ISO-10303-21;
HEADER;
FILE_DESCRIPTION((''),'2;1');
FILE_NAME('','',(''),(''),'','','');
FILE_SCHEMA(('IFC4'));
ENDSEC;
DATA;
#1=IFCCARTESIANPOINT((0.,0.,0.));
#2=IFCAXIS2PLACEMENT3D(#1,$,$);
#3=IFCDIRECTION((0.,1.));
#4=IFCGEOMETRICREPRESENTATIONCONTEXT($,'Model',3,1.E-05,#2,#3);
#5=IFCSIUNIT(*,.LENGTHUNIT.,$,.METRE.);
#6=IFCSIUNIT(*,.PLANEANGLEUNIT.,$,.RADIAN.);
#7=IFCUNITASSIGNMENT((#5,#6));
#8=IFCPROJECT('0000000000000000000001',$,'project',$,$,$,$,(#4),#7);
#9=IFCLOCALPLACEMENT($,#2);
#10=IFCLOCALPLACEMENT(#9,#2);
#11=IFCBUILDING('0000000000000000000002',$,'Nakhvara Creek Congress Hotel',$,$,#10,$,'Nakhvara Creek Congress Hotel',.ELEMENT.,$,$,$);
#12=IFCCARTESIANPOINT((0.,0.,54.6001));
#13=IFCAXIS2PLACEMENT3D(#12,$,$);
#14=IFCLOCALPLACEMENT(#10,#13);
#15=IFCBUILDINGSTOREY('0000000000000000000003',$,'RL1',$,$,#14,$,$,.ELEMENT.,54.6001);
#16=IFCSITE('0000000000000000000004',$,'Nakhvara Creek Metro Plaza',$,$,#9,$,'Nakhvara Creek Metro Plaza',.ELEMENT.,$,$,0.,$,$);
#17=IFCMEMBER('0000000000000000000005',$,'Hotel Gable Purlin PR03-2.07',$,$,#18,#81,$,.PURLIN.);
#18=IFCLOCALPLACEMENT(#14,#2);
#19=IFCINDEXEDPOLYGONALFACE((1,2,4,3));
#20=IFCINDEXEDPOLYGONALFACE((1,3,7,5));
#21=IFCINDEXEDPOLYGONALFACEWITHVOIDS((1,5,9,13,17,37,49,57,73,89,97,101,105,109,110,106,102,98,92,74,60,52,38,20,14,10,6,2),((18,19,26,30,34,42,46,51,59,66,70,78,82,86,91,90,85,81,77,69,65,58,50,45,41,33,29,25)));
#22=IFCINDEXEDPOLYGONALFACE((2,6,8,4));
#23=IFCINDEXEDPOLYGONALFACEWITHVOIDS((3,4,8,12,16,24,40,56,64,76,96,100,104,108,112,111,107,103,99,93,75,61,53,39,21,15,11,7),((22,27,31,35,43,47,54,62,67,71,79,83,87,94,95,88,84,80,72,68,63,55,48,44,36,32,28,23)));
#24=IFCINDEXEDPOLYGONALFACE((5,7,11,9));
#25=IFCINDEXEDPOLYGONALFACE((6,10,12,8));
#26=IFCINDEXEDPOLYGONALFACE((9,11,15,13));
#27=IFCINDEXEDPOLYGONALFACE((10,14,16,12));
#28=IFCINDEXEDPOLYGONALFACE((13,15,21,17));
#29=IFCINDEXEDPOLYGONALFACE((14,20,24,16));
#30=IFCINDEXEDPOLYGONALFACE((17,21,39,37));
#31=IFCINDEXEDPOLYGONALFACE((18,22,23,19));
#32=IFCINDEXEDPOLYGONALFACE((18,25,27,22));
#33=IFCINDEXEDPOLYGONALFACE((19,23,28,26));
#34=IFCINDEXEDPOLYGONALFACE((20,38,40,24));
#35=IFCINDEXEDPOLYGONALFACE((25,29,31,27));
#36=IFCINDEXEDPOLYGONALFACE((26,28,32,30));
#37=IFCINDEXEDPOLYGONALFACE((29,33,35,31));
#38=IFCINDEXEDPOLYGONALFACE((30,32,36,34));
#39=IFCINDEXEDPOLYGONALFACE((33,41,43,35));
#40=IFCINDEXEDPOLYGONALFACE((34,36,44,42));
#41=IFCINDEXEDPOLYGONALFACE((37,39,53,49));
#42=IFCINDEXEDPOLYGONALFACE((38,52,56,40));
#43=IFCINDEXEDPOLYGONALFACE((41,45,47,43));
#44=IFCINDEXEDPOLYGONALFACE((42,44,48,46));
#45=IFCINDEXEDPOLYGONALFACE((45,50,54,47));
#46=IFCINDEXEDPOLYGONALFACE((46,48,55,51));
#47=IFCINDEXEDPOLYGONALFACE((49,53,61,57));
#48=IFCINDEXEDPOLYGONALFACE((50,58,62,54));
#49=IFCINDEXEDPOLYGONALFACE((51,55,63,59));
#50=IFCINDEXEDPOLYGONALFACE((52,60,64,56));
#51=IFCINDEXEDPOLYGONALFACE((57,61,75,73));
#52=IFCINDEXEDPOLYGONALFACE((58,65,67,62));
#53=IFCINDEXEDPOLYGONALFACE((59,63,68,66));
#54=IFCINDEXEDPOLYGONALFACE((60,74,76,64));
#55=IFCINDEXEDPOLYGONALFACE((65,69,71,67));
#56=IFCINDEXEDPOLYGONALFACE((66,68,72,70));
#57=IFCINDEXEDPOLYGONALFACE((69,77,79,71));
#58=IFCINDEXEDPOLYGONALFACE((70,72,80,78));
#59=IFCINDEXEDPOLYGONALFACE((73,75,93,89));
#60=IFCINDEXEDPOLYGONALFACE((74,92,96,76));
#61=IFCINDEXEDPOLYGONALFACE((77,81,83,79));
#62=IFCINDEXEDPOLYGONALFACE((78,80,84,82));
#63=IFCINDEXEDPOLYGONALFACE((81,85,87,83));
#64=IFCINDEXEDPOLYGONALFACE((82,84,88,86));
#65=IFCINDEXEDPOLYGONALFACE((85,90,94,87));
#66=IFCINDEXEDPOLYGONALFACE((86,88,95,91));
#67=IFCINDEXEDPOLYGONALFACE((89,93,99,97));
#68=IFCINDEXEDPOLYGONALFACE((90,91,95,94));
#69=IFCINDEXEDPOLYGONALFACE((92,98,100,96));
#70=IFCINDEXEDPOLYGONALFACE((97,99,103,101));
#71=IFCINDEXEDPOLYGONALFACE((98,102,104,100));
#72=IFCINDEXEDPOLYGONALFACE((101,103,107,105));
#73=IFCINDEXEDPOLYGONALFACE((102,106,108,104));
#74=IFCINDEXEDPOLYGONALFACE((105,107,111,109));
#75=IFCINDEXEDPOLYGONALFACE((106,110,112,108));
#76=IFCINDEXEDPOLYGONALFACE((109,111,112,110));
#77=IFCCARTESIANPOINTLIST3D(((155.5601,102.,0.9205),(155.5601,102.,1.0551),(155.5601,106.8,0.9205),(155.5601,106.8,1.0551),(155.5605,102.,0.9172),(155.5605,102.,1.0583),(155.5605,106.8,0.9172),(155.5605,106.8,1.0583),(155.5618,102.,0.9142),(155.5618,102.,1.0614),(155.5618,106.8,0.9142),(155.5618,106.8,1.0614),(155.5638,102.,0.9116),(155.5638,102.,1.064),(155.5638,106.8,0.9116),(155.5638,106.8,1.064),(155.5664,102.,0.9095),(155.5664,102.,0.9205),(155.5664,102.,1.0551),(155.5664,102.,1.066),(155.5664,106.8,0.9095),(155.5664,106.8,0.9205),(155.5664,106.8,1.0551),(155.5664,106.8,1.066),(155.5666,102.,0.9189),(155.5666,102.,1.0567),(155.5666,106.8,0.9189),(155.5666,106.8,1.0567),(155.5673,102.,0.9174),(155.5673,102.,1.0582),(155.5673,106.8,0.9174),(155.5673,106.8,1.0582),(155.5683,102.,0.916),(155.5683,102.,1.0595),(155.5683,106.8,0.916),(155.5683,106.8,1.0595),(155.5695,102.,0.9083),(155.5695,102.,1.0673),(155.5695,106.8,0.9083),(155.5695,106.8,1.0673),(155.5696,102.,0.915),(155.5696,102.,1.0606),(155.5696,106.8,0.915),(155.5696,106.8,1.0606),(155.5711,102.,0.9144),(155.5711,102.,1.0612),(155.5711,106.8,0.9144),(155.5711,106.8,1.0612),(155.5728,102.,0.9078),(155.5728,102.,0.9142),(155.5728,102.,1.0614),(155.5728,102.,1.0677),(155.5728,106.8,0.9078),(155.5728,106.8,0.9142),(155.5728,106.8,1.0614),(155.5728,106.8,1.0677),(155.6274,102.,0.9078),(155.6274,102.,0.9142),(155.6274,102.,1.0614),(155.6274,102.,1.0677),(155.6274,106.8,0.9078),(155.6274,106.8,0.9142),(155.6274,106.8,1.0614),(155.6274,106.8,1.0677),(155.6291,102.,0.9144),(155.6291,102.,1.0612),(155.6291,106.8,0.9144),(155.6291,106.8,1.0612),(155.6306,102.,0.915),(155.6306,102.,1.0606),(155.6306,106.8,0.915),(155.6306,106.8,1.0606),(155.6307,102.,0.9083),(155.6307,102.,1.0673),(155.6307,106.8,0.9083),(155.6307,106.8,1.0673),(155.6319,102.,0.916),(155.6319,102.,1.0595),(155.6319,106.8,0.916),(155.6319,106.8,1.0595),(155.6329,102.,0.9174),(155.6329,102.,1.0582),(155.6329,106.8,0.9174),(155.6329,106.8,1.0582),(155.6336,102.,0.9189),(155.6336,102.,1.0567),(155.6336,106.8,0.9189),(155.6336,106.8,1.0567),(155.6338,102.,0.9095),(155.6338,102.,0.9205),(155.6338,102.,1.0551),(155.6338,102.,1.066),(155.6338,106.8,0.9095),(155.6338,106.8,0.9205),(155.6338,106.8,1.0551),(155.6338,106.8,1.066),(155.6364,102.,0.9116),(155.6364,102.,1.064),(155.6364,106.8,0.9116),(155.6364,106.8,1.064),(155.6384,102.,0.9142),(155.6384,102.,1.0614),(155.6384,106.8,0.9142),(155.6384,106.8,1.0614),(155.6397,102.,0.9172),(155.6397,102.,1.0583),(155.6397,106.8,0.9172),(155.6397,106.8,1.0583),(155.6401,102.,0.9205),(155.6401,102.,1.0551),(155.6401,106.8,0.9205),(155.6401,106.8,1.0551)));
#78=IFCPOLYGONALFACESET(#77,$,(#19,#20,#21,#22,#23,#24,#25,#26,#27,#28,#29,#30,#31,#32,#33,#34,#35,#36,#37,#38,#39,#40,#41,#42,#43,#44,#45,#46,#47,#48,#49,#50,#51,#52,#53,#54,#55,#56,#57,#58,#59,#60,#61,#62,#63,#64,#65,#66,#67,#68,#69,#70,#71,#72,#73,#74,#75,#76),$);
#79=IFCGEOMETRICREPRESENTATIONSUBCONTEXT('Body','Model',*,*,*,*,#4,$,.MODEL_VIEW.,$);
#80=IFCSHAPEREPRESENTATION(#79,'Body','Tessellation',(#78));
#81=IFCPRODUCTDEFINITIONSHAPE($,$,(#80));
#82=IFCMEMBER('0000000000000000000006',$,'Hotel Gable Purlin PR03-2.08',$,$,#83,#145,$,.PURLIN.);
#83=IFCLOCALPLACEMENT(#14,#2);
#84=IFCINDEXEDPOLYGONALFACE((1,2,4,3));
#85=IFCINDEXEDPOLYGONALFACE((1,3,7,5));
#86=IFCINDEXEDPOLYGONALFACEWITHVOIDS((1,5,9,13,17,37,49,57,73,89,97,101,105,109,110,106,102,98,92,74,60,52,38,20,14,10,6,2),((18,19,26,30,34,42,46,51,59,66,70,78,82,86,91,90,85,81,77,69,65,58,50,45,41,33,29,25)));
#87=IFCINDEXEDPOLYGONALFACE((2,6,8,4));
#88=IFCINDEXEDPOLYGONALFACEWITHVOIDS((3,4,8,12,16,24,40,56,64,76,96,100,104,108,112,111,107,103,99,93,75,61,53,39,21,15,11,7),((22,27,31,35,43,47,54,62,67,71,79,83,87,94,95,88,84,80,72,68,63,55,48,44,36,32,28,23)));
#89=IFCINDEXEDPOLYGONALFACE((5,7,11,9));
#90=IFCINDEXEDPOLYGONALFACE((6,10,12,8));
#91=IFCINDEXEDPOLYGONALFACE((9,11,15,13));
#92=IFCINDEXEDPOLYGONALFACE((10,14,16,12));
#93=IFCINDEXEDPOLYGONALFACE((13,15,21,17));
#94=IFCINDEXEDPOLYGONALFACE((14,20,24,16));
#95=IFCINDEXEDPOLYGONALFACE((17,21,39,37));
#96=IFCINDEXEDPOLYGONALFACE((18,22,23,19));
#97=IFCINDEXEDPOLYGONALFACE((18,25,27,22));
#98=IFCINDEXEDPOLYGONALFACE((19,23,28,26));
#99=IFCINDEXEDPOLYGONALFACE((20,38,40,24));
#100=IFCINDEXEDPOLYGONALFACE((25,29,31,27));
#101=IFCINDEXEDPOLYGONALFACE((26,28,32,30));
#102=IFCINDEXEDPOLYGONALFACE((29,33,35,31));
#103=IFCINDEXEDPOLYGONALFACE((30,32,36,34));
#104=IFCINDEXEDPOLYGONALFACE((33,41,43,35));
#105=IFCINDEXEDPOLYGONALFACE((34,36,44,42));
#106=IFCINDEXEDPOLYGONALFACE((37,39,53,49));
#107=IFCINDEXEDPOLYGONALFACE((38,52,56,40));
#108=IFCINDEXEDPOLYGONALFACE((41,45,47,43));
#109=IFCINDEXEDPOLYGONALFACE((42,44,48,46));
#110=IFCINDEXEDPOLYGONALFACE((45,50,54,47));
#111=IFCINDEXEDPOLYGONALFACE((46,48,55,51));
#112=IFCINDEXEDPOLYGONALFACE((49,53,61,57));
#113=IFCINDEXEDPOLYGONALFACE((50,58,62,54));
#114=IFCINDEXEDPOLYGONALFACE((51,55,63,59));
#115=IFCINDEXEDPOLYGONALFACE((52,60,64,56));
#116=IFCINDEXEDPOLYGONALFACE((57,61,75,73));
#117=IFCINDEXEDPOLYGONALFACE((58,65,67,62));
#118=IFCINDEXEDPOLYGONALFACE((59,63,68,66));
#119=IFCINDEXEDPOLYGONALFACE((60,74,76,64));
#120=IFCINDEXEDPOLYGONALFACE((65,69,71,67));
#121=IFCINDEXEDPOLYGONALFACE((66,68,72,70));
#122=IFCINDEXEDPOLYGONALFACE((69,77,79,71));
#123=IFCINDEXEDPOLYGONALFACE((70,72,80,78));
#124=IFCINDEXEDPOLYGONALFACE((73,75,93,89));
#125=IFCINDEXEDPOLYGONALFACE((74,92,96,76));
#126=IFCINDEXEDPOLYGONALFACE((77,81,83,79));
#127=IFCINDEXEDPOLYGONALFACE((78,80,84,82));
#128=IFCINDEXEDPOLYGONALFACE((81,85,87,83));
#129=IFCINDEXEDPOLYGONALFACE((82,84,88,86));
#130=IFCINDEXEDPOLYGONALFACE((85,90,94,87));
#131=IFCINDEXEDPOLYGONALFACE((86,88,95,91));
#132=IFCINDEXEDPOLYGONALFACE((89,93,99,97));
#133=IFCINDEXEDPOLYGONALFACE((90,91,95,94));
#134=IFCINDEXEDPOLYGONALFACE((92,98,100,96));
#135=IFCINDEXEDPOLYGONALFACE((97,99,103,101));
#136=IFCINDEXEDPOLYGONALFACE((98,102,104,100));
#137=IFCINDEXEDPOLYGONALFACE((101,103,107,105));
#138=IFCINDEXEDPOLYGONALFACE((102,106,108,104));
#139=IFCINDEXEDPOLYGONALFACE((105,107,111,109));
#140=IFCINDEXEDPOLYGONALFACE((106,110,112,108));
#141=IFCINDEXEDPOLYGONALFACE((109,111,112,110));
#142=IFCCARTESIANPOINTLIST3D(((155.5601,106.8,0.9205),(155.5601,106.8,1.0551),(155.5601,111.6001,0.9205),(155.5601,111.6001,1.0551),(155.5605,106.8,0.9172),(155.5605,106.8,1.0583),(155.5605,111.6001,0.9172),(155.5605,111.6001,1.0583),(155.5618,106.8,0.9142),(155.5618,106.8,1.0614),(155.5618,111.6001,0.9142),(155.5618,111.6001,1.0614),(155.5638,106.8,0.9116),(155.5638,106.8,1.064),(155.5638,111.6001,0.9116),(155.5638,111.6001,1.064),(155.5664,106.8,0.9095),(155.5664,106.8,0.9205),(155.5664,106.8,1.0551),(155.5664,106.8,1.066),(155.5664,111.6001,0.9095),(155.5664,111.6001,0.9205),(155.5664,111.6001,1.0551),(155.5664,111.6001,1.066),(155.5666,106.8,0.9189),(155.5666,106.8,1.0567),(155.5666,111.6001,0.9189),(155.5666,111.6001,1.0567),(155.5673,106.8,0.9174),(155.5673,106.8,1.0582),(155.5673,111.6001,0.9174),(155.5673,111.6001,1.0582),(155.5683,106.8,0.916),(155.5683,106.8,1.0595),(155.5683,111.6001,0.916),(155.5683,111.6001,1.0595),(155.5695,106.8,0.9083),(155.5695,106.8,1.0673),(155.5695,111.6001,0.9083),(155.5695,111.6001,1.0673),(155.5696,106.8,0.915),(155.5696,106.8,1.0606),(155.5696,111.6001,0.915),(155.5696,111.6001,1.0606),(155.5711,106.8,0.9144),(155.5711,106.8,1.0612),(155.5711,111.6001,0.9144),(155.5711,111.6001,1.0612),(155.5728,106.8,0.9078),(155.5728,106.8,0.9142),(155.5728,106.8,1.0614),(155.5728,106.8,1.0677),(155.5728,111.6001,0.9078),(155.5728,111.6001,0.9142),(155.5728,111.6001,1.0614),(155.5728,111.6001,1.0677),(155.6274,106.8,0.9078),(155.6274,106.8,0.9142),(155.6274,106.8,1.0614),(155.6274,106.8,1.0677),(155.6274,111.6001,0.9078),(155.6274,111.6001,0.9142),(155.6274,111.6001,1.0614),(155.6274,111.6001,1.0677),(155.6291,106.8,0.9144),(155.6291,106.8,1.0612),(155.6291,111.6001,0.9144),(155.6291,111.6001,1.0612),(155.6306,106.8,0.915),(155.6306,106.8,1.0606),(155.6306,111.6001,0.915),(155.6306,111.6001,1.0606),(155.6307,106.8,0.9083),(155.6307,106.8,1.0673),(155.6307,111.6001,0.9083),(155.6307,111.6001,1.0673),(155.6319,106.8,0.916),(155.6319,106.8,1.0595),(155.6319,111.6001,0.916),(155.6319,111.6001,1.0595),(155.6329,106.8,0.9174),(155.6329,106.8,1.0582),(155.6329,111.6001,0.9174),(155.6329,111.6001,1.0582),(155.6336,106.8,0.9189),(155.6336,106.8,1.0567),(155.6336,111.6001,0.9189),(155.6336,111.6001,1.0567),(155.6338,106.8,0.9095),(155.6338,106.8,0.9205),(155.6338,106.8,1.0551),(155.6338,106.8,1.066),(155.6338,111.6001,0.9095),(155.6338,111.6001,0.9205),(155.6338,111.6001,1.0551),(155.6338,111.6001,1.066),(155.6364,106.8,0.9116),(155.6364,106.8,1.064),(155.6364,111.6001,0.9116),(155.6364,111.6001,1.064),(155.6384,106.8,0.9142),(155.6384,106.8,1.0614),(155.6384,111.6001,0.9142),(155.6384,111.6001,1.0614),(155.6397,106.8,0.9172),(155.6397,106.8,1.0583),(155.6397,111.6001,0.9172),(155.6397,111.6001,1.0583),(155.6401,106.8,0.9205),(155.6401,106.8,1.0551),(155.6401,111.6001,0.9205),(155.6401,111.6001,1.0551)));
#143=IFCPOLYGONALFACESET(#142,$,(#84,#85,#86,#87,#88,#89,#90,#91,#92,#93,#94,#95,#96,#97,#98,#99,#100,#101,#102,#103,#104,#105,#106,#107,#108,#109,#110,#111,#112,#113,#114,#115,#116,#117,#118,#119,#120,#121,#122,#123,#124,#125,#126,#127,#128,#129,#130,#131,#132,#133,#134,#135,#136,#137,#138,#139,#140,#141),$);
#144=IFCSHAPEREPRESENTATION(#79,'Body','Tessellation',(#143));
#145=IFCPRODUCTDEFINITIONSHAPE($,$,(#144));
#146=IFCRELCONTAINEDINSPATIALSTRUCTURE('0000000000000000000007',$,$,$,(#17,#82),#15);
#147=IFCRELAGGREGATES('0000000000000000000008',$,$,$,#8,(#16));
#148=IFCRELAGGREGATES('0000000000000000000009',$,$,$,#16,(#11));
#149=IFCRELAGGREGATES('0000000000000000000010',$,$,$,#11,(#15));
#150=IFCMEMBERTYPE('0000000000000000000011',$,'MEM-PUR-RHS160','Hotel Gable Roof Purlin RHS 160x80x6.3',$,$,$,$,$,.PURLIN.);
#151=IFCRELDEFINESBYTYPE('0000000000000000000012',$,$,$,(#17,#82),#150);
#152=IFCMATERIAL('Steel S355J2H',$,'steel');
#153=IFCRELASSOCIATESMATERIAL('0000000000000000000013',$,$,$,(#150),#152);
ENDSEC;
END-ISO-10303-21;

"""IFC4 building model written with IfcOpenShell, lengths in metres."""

from ifc_helpers import new_model, si_unit, direction, frame, origin, origin_2d, place, context, subcontext, project, spatial, hollow_rectangle, extrude, material, material_profile, profile_set, type_object, element, save


model = new_model("IFC4")

# Units and contexts
model_context = context("Model", 3, precision=1e-05, world=origin(), true_north=direction((0.0, 1.0)))
body_context = subcontext(model_context, "Body", "Model", "MODEL_VIEW")
ifc_project = project(units=[si_unit("LENGTHUNIT", "METRE"), si_unit("PLANEANGLEUNIT", "RADIAN")], contexts=[model_context])

# Site, building, storey
site_placement = place(None, origin())
site = spatial("IfcSite", under=ifc_project, at=site_placement, Name="Nakhvara Creek Metro Plaza", LongName="Nakhvara Creek Metro Plaza", CompositionType="ELEMENT", RefElevation=0.0)
building_placement = place(site_placement, origin())
building = spatial("IfcBuilding", under=site, at=building_placement, Name="Nakhvara Creek Congress Hotel", LongName="Nakhvara Creek Congress Hotel", CompositionType="ELEMENT")
storey_placement = place(building_placement, frame((0.0, 0.0, 54.6001)))
storey = spatial("IfcBuildingStorey", under=building, at=storey_placement, Name="RL1", CompositionType="ELEMENT", Elevation=54.6001)

# Members
ifc_material_1 = material(Name="Steel S355J2H", Category="steel")
ifc_material_profile_1 = material_profile(ifc_material_1, hollow_rectangle(XDim=0.0801, YDim=0.1599, WallThickness=0.0063, InnerFilletRadius=0.0063, OuterFilletRadius=0.0127, at=origin_2d()), Name="RHS 160x80x6.3", Category="LoadBearing")
ifc_profile_set_1 = profile_set([ifc_material_profile_1], Name="Steel S355J2H")
member_type_1 = type_object("IfcMemberType", Name="MEM-PUR-RHS160", Description="Hotel Gable Roof Purlin RHS 160x80x6.3", PredefinedType="PURLIN", material=ifc_profile_set_1)
for number, where, z_axis, x_axis, name in (
    (1, (155.6001, 102.0, 0.9878), (0.0, 1.0, 0.0), (-1.0, 0.0, 0.0), "Hotel Gable Purlin PR03-2.07"),
    (2, (155.6001, 106.8, 0.9878), (0.0, 1.0, 0.0), (-1.0, 0.0, 0.0), "Hotel Gable Purlin PR03-2.08"),
):
    element("IfcMember", number, at=place(storey_placement, frame(where, z_axis=z_axis, x_axis=x_axis)), inside=storey, type_object=member_type_1, Name=name, PredefinedType="PURLIN", context=body_context, shape_type="SweptSolid", body=[
        extrude(hollow_rectangle(XDim=0.0801, YDim=0.1599, WallThickness=0.0063, InnerFilletRadius=0.0063, OuterFilletRadius=0.0127, at=origin_2d()), origin(), (0.0, 0.0, 1.0), 4.8),
    ])

save(model, "model.ifc")
